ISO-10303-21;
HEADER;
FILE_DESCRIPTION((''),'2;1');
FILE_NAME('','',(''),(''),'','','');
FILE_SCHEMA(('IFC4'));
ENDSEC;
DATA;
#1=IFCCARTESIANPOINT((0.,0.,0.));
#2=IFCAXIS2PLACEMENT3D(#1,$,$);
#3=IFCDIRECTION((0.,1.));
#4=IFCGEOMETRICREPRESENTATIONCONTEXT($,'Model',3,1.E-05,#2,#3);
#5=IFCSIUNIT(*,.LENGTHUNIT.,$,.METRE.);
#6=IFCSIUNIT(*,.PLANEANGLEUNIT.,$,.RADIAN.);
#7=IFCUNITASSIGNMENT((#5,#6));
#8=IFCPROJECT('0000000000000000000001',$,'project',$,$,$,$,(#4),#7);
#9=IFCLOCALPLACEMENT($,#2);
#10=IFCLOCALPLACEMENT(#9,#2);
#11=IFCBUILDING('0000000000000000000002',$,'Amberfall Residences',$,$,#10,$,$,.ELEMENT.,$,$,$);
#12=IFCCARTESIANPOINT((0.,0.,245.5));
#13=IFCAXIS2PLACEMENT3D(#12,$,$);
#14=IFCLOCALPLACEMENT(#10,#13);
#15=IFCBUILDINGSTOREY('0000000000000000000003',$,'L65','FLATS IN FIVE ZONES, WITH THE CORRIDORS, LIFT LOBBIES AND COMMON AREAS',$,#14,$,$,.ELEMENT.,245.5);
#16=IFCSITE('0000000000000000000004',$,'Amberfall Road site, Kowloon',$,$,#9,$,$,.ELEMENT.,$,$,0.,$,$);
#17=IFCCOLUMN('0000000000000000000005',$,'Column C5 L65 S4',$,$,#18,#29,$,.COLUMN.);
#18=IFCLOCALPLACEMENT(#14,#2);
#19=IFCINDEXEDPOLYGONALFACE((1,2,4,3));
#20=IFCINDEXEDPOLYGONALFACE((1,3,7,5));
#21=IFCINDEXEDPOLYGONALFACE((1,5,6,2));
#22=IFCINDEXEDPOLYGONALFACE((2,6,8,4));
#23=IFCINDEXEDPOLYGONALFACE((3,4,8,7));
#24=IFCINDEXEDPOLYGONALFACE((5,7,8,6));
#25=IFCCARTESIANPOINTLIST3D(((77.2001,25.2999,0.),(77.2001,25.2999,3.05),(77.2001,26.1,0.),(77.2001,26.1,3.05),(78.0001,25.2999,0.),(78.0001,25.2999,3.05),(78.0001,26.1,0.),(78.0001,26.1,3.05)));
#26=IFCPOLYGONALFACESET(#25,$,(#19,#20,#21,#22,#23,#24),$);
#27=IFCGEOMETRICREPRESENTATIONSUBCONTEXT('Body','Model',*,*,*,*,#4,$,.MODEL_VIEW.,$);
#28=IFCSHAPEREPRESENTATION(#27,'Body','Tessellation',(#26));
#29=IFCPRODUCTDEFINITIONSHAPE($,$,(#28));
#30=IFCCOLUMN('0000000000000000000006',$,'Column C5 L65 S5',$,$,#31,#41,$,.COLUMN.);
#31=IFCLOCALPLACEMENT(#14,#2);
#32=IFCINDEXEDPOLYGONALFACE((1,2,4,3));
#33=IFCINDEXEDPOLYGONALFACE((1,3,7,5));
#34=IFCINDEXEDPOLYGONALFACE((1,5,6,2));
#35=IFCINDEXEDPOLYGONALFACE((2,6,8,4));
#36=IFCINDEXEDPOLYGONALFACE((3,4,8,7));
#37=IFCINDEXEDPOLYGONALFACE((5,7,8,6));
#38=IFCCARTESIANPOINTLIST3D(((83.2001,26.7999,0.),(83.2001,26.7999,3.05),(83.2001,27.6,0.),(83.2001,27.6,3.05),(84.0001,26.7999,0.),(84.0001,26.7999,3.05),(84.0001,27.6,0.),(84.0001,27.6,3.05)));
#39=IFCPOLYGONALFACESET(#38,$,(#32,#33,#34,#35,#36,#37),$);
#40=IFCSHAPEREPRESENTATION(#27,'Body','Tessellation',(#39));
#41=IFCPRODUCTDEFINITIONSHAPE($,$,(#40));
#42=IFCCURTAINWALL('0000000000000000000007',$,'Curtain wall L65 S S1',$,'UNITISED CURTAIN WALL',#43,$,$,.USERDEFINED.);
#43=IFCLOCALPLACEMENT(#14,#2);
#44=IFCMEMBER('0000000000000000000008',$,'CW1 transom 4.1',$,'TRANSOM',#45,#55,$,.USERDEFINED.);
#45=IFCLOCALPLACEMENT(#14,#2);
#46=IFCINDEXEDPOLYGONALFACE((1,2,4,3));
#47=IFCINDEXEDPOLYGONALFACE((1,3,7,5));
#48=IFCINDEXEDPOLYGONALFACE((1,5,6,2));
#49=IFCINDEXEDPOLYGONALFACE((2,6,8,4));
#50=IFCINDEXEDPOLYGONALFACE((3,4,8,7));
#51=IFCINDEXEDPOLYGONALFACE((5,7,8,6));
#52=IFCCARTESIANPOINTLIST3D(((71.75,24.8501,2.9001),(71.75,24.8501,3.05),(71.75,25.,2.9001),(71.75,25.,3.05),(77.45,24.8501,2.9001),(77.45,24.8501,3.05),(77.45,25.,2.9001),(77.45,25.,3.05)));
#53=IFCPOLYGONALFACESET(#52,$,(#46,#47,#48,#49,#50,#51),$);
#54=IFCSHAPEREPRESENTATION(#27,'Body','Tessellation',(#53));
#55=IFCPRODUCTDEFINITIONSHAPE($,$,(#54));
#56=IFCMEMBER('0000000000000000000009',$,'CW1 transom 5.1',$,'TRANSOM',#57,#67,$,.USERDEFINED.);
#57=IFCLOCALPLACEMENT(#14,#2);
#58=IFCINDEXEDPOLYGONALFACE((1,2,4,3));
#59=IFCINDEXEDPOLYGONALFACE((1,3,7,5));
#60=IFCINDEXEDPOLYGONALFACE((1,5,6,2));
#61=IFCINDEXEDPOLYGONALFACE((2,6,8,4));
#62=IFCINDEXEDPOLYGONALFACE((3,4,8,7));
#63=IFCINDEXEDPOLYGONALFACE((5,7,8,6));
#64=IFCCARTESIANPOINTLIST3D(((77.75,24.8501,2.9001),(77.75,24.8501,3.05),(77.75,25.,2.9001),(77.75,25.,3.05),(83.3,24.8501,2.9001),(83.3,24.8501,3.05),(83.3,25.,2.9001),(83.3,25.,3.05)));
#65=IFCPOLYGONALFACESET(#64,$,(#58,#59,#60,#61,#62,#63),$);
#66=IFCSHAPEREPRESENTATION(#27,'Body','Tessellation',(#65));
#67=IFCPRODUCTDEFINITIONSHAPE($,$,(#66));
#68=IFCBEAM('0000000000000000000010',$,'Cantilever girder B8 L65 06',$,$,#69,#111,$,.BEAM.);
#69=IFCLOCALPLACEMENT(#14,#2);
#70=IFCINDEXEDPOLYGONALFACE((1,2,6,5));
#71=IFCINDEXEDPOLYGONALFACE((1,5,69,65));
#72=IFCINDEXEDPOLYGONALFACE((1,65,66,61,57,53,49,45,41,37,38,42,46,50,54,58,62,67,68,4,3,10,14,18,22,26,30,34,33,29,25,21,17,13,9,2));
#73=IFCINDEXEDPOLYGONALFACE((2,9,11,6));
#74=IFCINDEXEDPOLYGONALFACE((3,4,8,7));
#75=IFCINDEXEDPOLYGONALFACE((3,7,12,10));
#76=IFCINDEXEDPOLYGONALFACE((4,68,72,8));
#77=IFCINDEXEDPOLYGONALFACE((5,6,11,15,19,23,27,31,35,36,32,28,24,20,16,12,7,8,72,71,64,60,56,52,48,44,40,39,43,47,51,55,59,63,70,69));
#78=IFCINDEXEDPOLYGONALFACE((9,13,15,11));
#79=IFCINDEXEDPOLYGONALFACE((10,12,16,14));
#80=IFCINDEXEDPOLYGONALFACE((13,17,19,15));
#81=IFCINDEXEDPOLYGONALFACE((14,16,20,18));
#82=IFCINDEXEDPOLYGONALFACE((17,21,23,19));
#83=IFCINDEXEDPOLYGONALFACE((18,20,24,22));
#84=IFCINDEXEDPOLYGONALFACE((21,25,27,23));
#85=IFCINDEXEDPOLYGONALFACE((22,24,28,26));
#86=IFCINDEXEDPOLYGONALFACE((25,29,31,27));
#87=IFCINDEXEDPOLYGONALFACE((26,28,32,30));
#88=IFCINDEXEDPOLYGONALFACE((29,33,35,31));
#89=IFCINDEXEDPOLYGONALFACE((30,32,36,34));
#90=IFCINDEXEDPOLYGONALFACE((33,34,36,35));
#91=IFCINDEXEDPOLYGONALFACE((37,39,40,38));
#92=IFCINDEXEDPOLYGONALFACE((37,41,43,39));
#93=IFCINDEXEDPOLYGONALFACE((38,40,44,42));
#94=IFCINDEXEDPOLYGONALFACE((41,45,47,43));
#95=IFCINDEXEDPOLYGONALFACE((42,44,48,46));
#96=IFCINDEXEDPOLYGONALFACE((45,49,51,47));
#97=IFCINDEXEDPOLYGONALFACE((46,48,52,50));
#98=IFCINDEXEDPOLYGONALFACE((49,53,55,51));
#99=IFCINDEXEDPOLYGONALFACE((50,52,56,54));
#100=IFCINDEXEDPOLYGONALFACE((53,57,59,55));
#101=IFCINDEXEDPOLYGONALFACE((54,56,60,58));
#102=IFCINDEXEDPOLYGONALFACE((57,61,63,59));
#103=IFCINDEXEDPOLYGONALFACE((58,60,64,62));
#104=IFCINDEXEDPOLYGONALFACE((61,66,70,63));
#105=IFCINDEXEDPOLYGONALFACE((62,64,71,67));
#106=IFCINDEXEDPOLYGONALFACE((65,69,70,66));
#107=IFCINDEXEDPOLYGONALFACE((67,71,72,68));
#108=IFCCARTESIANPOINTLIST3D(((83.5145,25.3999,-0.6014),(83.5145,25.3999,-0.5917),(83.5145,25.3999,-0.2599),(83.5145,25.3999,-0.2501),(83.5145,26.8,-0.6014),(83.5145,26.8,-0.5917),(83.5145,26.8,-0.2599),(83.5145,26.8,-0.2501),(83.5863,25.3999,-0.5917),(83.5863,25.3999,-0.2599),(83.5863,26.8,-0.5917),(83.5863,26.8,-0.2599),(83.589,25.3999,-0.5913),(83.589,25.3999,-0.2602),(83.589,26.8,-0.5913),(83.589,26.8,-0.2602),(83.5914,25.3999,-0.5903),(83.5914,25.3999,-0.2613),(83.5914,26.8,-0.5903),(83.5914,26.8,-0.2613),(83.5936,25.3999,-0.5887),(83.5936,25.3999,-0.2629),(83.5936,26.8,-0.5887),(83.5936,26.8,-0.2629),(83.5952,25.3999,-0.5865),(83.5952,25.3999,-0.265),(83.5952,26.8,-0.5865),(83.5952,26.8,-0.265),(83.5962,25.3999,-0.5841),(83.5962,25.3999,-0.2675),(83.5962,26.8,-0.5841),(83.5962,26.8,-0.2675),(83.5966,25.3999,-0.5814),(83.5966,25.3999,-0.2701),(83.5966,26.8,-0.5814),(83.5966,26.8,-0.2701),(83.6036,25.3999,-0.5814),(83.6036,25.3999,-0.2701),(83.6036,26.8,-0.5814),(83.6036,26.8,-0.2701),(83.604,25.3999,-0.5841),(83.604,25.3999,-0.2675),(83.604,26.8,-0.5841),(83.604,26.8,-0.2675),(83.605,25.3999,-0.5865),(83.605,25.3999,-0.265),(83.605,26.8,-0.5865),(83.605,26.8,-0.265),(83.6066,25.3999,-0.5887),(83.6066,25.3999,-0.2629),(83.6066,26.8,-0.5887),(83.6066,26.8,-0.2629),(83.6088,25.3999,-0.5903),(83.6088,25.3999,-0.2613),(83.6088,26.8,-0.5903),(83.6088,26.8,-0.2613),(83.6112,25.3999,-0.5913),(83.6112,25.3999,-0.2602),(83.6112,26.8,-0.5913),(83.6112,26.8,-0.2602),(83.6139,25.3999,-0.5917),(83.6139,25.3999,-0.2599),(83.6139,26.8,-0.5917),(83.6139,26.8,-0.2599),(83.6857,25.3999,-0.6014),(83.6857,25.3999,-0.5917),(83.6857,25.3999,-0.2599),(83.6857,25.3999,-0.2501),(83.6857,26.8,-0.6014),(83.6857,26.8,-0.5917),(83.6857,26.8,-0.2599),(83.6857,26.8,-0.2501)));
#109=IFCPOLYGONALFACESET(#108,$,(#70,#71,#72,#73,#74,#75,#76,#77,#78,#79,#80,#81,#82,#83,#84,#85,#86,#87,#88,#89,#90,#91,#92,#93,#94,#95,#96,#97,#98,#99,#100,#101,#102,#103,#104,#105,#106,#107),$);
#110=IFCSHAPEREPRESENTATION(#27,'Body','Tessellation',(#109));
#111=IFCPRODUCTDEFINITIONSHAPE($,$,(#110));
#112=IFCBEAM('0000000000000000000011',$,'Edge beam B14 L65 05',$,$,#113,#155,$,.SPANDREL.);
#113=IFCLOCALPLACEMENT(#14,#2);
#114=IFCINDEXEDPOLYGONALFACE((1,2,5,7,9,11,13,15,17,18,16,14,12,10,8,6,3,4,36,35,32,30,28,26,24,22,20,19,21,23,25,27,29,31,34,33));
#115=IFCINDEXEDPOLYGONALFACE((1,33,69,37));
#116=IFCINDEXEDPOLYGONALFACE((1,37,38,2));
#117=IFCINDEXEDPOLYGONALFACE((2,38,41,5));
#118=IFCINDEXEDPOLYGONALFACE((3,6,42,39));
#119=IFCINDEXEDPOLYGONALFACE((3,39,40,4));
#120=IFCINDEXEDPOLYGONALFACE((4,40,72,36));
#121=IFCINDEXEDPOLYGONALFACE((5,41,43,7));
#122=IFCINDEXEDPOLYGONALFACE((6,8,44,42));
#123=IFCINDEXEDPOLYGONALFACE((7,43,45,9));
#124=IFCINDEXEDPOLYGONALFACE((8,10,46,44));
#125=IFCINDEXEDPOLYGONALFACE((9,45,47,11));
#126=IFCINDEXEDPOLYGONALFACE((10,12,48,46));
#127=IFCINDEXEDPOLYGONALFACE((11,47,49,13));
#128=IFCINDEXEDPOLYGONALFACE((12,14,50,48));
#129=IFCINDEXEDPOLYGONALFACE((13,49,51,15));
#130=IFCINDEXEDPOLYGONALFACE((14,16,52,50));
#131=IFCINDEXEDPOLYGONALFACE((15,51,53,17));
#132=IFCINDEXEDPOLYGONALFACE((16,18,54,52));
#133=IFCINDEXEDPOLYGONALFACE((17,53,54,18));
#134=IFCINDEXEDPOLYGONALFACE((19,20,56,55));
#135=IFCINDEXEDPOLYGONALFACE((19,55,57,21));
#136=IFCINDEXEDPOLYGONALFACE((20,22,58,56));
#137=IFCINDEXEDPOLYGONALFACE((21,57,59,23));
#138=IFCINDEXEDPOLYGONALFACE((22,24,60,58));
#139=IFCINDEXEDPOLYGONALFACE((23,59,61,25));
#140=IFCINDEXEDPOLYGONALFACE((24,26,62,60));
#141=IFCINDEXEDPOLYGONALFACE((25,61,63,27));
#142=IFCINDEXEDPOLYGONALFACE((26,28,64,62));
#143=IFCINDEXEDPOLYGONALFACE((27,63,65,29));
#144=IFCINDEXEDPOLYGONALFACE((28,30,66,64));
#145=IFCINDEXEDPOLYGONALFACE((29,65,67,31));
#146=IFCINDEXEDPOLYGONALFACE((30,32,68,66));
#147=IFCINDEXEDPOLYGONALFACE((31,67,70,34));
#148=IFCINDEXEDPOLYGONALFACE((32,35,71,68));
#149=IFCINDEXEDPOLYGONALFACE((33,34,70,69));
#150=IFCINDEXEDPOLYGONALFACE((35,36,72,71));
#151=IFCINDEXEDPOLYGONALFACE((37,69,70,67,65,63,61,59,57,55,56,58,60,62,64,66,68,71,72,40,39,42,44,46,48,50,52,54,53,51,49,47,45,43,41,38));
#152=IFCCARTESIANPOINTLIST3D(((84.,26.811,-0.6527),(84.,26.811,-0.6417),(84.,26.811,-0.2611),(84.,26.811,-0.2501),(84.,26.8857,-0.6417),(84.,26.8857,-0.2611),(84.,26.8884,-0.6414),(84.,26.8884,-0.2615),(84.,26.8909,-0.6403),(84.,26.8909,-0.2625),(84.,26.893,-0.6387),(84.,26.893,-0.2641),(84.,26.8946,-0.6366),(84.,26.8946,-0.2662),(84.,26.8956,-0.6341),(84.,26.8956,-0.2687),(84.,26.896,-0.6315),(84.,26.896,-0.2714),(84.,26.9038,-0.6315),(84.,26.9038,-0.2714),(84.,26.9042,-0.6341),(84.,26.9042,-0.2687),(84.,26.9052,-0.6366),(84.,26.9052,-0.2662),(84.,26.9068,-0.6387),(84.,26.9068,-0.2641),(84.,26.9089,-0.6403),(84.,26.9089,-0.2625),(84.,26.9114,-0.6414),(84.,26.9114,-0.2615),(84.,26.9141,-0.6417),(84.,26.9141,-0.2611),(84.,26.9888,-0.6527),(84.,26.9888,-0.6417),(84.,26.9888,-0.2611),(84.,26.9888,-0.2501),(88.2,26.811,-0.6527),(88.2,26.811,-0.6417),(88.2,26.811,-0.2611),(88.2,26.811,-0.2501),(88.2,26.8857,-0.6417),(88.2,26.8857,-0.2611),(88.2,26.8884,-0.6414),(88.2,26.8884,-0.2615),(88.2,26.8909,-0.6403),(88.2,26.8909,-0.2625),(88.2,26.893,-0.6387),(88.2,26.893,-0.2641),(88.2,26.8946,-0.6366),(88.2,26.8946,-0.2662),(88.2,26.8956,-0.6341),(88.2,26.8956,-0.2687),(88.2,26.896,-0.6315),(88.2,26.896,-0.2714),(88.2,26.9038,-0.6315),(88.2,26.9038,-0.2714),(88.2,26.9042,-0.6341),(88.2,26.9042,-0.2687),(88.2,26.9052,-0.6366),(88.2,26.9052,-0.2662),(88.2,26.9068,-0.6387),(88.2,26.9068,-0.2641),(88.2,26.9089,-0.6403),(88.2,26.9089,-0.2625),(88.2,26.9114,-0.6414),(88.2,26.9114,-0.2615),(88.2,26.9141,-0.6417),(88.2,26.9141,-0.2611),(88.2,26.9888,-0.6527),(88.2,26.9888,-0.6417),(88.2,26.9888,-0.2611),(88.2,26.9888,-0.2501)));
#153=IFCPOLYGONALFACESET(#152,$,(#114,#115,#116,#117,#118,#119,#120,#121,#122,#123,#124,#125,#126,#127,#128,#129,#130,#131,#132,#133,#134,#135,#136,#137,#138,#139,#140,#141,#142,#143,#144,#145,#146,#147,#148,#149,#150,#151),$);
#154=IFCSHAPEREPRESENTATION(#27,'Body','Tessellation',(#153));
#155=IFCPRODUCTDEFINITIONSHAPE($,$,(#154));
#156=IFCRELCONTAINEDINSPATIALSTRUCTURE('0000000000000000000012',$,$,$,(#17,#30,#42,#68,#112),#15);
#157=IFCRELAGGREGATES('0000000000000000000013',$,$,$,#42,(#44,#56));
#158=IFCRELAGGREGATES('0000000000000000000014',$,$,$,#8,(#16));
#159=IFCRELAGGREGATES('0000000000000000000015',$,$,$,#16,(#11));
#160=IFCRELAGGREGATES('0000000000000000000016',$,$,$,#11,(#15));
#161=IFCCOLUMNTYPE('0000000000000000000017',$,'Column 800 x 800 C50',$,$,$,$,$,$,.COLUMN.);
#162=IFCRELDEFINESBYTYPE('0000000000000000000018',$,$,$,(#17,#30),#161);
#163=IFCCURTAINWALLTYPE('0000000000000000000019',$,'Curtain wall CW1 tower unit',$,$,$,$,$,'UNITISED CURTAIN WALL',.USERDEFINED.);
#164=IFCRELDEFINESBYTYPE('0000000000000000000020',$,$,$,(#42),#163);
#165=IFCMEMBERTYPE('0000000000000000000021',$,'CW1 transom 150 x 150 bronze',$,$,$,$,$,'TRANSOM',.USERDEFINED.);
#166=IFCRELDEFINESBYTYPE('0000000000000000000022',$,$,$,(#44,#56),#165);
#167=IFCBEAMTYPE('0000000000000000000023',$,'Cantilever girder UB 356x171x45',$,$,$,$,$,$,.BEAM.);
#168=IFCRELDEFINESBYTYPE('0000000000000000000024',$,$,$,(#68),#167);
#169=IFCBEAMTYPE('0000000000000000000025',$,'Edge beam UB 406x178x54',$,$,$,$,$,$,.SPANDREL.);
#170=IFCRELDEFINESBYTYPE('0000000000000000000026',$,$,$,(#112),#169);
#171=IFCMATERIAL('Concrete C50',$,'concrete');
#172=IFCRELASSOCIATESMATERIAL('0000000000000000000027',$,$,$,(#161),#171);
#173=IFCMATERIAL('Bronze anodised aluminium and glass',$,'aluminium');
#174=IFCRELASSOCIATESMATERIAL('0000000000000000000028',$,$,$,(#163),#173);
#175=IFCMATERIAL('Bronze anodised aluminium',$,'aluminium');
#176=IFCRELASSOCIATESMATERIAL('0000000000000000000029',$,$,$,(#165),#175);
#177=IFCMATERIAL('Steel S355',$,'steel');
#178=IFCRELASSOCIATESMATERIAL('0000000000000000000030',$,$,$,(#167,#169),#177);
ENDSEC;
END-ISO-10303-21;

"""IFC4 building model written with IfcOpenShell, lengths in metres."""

from ifc_helpers import new_model, si_unit, direction, frame, origin, origin_2d, place, context, subcontext, project, spatial, rectangle, i_section, extrude, material, material_profile, profile_set, type_object, element, aggregate, save


model = new_model("IFC4")

# Units and contexts
model_context = context("Model", 3, precision=1e-05, world=origin(), true_north=direction((0.0, 1.0)))
body_context = subcontext(model_context, "Body", "Model", "MODEL_VIEW")
ifc_project = project(units=[si_unit("LENGTHUNIT", "METRE"), si_unit("PLANEANGLEUNIT", "RADIAN")], contexts=[model_context])

# Site, building, storey
site_placement = place(None, origin())
site = spatial("IfcSite", under=ifc_project, at=site_placement, Name="Amberfall Road site, Kowloon", CompositionType="ELEMENT", RefElevation=0.0)
building_placement = place(site_placement, origin())
building = spatial("IfcBuilding", under=site, at=building_placement, Name="Amberfall Residences", CompositionType="ELEMENT")
storey_placement = place(building_placement, frame((0.0, 0.0, 245.5)))
storey = spatial("IfcBuildingStorey", under=building, at=storey_placement, Name="L65", Description="FLATS IN FIVE ZONES, WITH THE CORRIDORS, LIFT LOBBIES AND COMMON AREAS", CompositionType="ELEMENT", Elevation=245.5)

# Columns
ifc_material_1 = material(Name="Concrete C50", Category="concrete")
ifc_material_profile_1 = material_profile(ifc_material_1, rectangle(XDim=0.8, YDim=0.8, at=origin_2d()), Name="Column 800 x 800 C50")
ifc_profile_set_1 = profile_set([ifc_material_profile_1], Name="Concrete C50")
column_type = type_object("IfcColumnType", Name="Column 800 x 800 C50", PredefinedType="COLUMN", material=ifc_profile_set_1)
for number, where, z_axis, x_axis, name in (
    (1, (77.6001, 25.7, 0.0), (0.0, 0.0, 1.0), (1.0, 0.0, 0.0), "Column C5 L65 S4"),
    (2, (83.6001, 27.2, 0.0), (0.0, 0.0, 1.0), (1.0, 0.0, 0.0), "Column C5 L65 S5"),
):
    element("IfcColumn", number, at=place(storey_placement, frame(where, z_axis=z_axis, x_axis=x_axis)), inside=storey, type_object=column_type, Name=name, PredefinedType="COLUMN", context=body_context, shape_type="SweptSolid", body=[
        extrude(rectangle(XDim=0.8, YDim=0.8, at=origin_2d()), origin(), (0.0, 0.0, 1.0), 3.05),
    ])

# Curtain wall, members
ifc_material_2 = material(Name="Bronze anodised aluminium and glass", Category="aluminium")
curtain_wall_type = type_object("IfcCurtainWallType", Name="Curtain wall CW1 tower unit", ElementType="UNITISED CURTAIN WALL", PredefinedType="USERDEFINED", material=ifc_material_2)
curtain_wall_placement = place(storey_placement, origin())
curtain_wall = element("IfcCurtainWall", 3, at=curtain_wall_placement, inside=storey, type_object=curtain_wall_type, Name="Curtain wall L65 S S1", ObjectType="UNITISED CURTAIN WALL", PredefinedType="USERDEFINED")
ifc_material_3 = material(Name="Bronze anodised aluminium", Category="aluminium")
ifc_material_profile_2 = material_profile(ifc_material_3, rectangle(XDim=0.1499, YDim=0.1499, at=origin_2d()), Name="CW1 transom 150 x 150 bronze")
ifc_profile_set_2 = profile_set([ifc_material_profile_2], Name="Bronze anodised aluminium")
member_type_1 = type_object("IfcMemberType", Name="CW1 transom 150 x 150 bronze", ElementType="TRANSOM", PredefinedType="USERDEFINED", material=ifc_profile_set_2)
member_1_placement = place(storey_placement, frame((71.75, 24.925, 2.9751), z_axis=(1.0, 0.0, 0.0), x_axis=(0.0, 1.0, 0.0)))
member_1 = element("IfcMember", 4, at=member_1_placement, type_object=member_type_1, Name="CW1 transom 4.1", ObjectType="TRANSOM", PredefinedType="USERDEFINED", context=body_context, shape_type="SweptSolid", body=[
    extrude(rectangle(XDim=0.1499, YDim=0.1499, at=origin_2d()), origin(), (0.0, 0.0, 1.0), 5.7),
])
member_2_placement = place(storey_placement, frame((77.75, 24.925, 2.9751), z_axis=(1.0, 0.0, 0.0), x_axis=(0.0, 1.0, 0.0)))
member_2 = element("IfcMember", 5, at=member_2_placement, type_object=member_type_1, Name="CW1 transom 5.1", ObjectType="TRANSOM", PredefinedType="USERDEFINED", context=body_context, shape_type="SweptSolid", body=[
    extrude(rectangle(XDim=0.1499, YDim=0.1499, at=origin_2d()), origin(), (0.0, 0.0, 1.0), 5.55),
])

# Beams
ifc_material_4 = material(Name="Steel S355", Category="steel")
ifc_material_profile_3 = material_profile(ifc_material_4, i_section(OverallWidth=0.1711, OverallDepth=0.3513, WebThickness=0.0071, FlangeThickness=0.0098, FilletRadius=0.0103, at=origin_2d()), Name="UB 356x171x45")
ifc_profile_set_3 = profile_set([ifc_material_profile_3], Name="Steel S355")
beam_type_1 = type_object("IfcBeamType", Name="Cantilever girder UB 356x171x45", PredefinedType="BEAM", material=ifc_profile_set_3)
beam_1_placement = place(storey_placement, frame((83.6001, 26.8, -0.4258), z_axis=(0.0, -1.0, 0.0), x_axis=(1.0, 0.0, 0.0)))
element("IfcBeam", 6, at=beam_1_placement, inside=storey, type_object=beam_type_1, Name="Cantilever girder B8 L65 06", PredefinedType="BEAM", context=body_context, shape_type="SweptSolid", body=[
    extrude(i_section(OverallWidth=0.1711, OverallDepth=0.3513, WebThickness=0.0071, FlangeThickness=0.0098, FilletRadius=0.0103, at=origin_2d()), origin(), (0.0, 0.0, 1.0), 1.4001),
])
ifc_material_profile_4 = material_profile(ifc_material_4, i_section(OverallWidth=0.1777, OverallDepth=0.4026, WebThickness=0.0078, FlangeThickness=0.011, FilletRadius=0.0103, at=origin_2d()), Name="UB 406x178x54")
ifc_profile_set_4 = profile_set([ifc_material_profile_4], Name="Steel S355")
beam_type_2 = type_object("IfcBeamType", Name="Edge beam UB 406x178x54", PredefinedType="SPANDREL", material=ifc_profile_set_4)
beam_2_placement = place(storey_placement, frame((84.0, 26.8999, -0.4514), z_axis=(1.0, 0.0, 0.0), x_axis=(0.0, 1.0, 0.0)))
element("IfcBeam", 7, at=beam_2_placement, inside=storey, type_object=beam_type_2, Name="Edge beam B14 L65 05", PredefinedType="SPANDREL", context=body_context, shape_type="SweptSolid", body=[
    extrude(i_section(OverallWidth=0.1777, OverallDepth=0.4026, WebThickness=0.0078, FlangeThickness=0.011, FilletRadius=0.0103, at=origin_2d()), origin(), (0.0, 0.0, 1.0), 4.2),
])

aggregate(curtain_wall, [member_1, member_2])

save(model, "model.ifc")
